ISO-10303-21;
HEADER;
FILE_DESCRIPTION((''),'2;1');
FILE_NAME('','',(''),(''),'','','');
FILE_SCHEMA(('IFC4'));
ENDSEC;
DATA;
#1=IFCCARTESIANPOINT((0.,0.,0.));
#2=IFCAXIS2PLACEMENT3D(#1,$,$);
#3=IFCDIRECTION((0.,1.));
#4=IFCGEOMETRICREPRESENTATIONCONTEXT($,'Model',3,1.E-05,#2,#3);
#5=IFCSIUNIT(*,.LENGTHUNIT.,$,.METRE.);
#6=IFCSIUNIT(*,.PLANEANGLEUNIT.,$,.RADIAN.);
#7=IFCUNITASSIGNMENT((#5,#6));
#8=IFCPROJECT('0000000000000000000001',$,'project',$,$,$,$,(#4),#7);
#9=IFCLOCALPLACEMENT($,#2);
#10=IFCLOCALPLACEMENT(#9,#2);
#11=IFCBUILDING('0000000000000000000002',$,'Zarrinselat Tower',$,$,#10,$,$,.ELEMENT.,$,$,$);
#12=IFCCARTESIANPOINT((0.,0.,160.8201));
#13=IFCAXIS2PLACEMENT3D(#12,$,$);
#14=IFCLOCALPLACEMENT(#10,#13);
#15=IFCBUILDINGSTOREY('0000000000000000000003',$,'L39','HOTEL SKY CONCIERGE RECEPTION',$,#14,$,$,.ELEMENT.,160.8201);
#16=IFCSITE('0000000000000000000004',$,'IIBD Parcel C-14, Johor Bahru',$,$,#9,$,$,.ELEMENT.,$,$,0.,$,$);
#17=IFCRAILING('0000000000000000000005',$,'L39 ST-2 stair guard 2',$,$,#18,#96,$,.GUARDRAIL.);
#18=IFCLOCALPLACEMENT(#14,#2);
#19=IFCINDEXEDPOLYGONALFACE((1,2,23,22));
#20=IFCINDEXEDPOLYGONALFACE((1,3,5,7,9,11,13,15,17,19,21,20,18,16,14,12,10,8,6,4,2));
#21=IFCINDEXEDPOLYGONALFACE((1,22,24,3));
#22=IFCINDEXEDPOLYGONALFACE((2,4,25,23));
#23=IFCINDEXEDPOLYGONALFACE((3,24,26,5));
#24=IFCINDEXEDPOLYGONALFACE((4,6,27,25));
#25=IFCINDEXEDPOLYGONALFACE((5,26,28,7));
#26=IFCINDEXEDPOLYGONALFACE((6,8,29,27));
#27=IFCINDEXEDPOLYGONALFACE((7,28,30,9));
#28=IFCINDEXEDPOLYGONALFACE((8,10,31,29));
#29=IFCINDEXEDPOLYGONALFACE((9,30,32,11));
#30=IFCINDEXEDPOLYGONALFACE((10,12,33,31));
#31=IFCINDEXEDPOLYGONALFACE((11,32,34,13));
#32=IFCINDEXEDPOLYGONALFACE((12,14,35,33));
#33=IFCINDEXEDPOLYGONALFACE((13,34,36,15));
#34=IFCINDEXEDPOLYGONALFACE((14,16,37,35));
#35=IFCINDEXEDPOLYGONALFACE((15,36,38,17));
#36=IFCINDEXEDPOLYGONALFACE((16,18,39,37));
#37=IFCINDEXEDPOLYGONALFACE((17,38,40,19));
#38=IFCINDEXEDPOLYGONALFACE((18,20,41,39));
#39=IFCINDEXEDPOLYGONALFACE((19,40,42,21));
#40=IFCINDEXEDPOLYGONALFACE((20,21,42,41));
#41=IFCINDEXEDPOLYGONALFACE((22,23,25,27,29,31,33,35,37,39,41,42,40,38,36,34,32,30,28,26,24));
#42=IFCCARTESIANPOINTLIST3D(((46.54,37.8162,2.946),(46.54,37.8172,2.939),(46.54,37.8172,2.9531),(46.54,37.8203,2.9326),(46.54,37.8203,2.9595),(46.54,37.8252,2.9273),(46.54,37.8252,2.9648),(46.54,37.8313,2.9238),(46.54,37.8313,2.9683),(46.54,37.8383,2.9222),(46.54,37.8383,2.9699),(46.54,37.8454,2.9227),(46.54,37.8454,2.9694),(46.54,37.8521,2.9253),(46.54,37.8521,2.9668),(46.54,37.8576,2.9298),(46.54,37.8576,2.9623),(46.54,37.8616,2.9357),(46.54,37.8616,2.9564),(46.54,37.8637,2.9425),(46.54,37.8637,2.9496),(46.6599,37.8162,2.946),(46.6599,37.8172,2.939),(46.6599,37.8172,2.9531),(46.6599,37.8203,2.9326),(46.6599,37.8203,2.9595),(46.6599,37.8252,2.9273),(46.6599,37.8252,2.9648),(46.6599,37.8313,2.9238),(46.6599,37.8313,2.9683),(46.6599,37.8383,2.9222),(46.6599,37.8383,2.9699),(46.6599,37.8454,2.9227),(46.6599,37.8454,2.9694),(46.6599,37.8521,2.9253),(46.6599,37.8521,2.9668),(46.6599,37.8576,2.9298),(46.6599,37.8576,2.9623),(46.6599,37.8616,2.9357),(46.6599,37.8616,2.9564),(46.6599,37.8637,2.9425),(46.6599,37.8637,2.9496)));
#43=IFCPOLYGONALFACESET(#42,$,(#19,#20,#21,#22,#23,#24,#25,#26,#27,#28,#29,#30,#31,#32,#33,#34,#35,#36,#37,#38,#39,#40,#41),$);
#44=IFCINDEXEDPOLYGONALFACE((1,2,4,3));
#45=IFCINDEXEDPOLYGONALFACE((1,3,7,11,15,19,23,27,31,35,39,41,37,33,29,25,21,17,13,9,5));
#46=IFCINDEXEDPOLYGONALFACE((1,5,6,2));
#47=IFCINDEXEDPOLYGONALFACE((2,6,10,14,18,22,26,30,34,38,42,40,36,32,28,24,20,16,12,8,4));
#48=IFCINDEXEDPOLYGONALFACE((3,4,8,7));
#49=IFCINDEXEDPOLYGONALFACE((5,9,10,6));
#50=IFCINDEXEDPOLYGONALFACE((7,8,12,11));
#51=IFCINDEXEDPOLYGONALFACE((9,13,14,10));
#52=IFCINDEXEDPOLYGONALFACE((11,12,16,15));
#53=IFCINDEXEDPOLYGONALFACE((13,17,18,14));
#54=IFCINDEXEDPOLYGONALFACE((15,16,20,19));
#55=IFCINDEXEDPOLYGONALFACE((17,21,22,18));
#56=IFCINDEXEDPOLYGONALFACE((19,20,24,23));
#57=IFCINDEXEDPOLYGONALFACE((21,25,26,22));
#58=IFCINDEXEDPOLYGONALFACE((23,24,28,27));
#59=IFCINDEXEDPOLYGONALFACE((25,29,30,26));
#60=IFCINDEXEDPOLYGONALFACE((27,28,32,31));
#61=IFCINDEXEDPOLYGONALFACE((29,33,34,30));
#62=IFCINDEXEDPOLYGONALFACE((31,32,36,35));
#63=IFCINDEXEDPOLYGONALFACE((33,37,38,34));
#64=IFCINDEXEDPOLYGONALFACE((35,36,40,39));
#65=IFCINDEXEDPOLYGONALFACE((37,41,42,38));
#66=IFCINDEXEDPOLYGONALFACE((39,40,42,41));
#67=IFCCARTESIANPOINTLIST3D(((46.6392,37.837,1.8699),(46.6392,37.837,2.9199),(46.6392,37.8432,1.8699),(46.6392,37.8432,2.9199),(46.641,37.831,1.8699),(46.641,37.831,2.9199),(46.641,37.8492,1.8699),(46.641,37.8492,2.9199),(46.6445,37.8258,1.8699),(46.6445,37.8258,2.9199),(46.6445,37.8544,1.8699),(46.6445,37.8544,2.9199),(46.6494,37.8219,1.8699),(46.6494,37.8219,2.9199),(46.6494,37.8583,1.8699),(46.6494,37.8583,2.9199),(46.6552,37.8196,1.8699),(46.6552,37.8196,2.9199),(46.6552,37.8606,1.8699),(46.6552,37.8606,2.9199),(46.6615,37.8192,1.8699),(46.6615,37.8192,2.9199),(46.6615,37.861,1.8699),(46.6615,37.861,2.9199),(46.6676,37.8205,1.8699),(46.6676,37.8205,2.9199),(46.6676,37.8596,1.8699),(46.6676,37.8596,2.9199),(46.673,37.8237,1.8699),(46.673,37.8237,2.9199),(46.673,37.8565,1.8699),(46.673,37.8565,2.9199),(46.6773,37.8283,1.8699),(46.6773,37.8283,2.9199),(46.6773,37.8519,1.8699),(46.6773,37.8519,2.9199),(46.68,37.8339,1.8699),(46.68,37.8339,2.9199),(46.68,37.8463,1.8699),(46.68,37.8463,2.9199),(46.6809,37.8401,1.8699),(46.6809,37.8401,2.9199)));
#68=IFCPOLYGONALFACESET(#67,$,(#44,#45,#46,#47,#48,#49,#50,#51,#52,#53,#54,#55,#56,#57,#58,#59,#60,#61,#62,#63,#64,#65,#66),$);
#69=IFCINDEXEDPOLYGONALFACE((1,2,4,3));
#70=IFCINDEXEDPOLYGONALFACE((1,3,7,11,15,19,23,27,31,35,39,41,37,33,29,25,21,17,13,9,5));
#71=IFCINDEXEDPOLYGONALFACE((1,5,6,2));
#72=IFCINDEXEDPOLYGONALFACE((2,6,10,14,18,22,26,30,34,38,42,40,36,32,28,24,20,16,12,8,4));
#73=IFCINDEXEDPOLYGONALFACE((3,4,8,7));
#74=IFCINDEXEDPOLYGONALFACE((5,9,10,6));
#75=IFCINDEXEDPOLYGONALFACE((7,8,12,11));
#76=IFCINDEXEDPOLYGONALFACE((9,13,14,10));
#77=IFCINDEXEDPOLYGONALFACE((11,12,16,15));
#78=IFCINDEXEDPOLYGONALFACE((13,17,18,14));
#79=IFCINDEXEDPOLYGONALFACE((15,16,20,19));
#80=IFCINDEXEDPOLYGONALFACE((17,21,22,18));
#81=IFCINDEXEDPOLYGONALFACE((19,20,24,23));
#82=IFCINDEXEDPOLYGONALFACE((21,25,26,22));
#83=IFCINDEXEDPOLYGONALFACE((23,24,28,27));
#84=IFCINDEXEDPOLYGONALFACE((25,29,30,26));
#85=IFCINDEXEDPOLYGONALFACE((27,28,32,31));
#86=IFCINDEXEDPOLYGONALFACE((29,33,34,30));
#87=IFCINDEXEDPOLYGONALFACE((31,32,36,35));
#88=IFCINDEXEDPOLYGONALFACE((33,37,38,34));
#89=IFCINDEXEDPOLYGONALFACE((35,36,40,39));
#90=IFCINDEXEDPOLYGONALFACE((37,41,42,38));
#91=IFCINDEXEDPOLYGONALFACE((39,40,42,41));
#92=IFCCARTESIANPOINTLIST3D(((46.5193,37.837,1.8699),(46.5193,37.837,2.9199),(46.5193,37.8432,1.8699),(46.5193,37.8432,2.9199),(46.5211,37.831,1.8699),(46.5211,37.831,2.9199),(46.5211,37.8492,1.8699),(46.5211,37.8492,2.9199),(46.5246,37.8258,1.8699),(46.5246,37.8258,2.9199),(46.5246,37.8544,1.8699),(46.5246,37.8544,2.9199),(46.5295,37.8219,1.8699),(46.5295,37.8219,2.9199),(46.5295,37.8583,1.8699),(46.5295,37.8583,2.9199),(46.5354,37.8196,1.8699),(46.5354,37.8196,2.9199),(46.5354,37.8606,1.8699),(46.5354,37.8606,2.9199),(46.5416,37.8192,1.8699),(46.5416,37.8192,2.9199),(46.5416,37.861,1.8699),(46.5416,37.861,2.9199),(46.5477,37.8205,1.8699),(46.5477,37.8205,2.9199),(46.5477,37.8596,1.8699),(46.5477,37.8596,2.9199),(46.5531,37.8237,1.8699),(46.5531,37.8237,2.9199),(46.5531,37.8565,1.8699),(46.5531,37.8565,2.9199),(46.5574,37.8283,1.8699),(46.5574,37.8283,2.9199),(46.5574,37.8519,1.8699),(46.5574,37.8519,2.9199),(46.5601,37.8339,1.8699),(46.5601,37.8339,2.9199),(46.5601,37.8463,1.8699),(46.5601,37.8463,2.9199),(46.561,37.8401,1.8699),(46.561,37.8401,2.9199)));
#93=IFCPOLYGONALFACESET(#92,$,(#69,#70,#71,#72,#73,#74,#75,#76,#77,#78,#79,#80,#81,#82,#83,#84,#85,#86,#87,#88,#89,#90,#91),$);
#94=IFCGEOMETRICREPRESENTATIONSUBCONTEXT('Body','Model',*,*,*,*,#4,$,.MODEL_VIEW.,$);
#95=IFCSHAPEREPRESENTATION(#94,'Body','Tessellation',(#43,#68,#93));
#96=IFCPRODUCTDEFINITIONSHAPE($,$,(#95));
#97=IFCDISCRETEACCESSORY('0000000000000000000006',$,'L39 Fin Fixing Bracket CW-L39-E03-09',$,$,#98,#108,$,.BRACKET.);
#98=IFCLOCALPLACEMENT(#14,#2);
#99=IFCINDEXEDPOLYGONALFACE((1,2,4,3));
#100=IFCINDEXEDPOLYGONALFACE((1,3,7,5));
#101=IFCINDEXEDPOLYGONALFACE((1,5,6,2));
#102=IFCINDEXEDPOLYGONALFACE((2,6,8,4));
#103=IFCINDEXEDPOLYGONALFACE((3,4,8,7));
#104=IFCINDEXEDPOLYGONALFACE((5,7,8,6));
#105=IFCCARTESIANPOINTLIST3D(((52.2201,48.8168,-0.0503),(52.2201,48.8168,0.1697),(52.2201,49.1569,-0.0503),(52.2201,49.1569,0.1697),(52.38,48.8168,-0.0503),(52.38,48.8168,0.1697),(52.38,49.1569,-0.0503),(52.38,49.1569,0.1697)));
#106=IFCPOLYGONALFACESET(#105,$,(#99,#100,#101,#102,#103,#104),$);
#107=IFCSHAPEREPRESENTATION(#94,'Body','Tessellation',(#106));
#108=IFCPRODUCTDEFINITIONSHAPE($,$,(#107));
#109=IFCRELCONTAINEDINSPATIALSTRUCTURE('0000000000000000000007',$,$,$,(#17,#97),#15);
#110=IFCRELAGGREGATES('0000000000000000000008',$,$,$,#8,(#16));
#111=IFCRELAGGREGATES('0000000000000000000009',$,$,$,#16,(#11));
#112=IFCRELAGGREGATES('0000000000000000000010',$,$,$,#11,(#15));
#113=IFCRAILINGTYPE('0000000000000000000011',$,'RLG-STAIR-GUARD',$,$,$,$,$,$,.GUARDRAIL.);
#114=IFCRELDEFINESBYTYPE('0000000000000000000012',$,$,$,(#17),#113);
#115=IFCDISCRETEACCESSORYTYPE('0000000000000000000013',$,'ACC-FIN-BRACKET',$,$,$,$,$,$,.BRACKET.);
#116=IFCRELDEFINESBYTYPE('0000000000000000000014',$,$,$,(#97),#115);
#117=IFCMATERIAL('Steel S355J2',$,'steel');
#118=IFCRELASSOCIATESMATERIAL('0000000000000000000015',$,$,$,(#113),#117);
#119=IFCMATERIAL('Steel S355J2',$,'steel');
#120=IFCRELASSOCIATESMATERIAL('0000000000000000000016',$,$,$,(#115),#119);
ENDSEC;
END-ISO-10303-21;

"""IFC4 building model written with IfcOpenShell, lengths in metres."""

from ifc_helpers import new_model, si_unit, direction, frame, origin, origin_2d, place, context, subcontext, project, spatial, rectangle, circle, extrude, material, type_object, element, save


model = new_model("IFC4")

# Units and contexts
model_context = context("Model", 3, precision=1e-05, world=origin(), true_north=direction((0.0, 1.0)))
body_context = subcontext(model_context, "Body", "Model", "MODEL_VIEW")
ifc_project = project(units=[si_unit("LENGTHUNIT", "METRE"), si_unit("PLANEANGLEUNIT", "RADIAN")], contexts=[model_context])

# Site, building, storey
site_placement = place(None, origin())
site = spatial("IfcSite", under=ifc_project, at=site_placement, Name="IIBD Parcel C-14, Johor Bahru", CompositionType="ELEMENT", RefElevation=0.0)
building_placement = place(site_placement, origin())
building = spatial("IfcBuilding", under=site, at=building_placement, Name="Zarrinselat Tower", CompositionType="ELEMENT")
storey_placement = place(building_placement, frame((0.0, 0.0, 160.8201)))
storey = spatial("IfcBuildingStorey", under=building, at=storey_placement, Name="L39", Description="HOTEL SKY CONCIERGE RECEPTION", CompositionType="ELEMENT", Elevation=160.8201)

# Railing
ifc_material_1 = material(Name="Steel S355J2", Category="steel")
railing_type = type_object("IfcRailingType", Name="RLG-STAIR-GUARD", PredefinedType="GUARDRAIL", material=ifc_material_1)
railing_placement = place(storey_placement, frame((46.6599, 37.8401, 1.8699)))
element("IfcRailing", 1, at=railing_placement, inside=storey, type_object=railing_type, Name="L39 ST-2 stair guard 2", PredefinedType="GUARDRAIL", context=body_context, shape_type="SweptSolid", body=[
    extrude(circle(Radius=0.0239, at=origin_2d()), frame((0.0, 0.0, 1.0762), z_axis=(-1.0, 0.0, 0.0), x_axis=(0.0, -1.0, 0.0)), (0.0, 0.0, 1.0), 0.1199),
    extrude(circle(Radius=0.021, at=origin_2d()), origin(), (0.0, 0.0, 1.0), 1.05),
    extrude(circle(Radius=0.021, at=origin_2d()), frame((-0.1199, 0.0, 0.0)), (0.0, 0.0, 1.0), 1.05),
])

# Discrete accessory
ifc_material_2 = material(Name="Steel S355J2", Category="steel")
discrete_accessory_type = type_object("IfcDiscreteAccessoryType", Name="ACC-FIN-BRACKET", PredefinedType="BRACKET", material=ifc_material_2)
discrete_accessory_placement = place(storey_placement, frame((52.3, 48.9868, -0.0503), z_axis=(0.0, 0.0, 1.0), x_axis=(0.0, 1.0, 0.0)))
element("IfcDiscreteAccessory", 2, at=discrete_accessory_placement, inside=storey, type_object=discrete_accessory_type, Name="L39 Fin Fixing Bracket CW-L39-E03-09", PredefinedType="BRACKET", context=body_context, shape_type="SweptSolid", body=[
    extrude(rectangle(XDim=0.3401, YDim=0.1599, at=origin_2d()), origin(), (0.0, 0.0, 1.0), 0.22),
])

save(model, "model.ifc")
